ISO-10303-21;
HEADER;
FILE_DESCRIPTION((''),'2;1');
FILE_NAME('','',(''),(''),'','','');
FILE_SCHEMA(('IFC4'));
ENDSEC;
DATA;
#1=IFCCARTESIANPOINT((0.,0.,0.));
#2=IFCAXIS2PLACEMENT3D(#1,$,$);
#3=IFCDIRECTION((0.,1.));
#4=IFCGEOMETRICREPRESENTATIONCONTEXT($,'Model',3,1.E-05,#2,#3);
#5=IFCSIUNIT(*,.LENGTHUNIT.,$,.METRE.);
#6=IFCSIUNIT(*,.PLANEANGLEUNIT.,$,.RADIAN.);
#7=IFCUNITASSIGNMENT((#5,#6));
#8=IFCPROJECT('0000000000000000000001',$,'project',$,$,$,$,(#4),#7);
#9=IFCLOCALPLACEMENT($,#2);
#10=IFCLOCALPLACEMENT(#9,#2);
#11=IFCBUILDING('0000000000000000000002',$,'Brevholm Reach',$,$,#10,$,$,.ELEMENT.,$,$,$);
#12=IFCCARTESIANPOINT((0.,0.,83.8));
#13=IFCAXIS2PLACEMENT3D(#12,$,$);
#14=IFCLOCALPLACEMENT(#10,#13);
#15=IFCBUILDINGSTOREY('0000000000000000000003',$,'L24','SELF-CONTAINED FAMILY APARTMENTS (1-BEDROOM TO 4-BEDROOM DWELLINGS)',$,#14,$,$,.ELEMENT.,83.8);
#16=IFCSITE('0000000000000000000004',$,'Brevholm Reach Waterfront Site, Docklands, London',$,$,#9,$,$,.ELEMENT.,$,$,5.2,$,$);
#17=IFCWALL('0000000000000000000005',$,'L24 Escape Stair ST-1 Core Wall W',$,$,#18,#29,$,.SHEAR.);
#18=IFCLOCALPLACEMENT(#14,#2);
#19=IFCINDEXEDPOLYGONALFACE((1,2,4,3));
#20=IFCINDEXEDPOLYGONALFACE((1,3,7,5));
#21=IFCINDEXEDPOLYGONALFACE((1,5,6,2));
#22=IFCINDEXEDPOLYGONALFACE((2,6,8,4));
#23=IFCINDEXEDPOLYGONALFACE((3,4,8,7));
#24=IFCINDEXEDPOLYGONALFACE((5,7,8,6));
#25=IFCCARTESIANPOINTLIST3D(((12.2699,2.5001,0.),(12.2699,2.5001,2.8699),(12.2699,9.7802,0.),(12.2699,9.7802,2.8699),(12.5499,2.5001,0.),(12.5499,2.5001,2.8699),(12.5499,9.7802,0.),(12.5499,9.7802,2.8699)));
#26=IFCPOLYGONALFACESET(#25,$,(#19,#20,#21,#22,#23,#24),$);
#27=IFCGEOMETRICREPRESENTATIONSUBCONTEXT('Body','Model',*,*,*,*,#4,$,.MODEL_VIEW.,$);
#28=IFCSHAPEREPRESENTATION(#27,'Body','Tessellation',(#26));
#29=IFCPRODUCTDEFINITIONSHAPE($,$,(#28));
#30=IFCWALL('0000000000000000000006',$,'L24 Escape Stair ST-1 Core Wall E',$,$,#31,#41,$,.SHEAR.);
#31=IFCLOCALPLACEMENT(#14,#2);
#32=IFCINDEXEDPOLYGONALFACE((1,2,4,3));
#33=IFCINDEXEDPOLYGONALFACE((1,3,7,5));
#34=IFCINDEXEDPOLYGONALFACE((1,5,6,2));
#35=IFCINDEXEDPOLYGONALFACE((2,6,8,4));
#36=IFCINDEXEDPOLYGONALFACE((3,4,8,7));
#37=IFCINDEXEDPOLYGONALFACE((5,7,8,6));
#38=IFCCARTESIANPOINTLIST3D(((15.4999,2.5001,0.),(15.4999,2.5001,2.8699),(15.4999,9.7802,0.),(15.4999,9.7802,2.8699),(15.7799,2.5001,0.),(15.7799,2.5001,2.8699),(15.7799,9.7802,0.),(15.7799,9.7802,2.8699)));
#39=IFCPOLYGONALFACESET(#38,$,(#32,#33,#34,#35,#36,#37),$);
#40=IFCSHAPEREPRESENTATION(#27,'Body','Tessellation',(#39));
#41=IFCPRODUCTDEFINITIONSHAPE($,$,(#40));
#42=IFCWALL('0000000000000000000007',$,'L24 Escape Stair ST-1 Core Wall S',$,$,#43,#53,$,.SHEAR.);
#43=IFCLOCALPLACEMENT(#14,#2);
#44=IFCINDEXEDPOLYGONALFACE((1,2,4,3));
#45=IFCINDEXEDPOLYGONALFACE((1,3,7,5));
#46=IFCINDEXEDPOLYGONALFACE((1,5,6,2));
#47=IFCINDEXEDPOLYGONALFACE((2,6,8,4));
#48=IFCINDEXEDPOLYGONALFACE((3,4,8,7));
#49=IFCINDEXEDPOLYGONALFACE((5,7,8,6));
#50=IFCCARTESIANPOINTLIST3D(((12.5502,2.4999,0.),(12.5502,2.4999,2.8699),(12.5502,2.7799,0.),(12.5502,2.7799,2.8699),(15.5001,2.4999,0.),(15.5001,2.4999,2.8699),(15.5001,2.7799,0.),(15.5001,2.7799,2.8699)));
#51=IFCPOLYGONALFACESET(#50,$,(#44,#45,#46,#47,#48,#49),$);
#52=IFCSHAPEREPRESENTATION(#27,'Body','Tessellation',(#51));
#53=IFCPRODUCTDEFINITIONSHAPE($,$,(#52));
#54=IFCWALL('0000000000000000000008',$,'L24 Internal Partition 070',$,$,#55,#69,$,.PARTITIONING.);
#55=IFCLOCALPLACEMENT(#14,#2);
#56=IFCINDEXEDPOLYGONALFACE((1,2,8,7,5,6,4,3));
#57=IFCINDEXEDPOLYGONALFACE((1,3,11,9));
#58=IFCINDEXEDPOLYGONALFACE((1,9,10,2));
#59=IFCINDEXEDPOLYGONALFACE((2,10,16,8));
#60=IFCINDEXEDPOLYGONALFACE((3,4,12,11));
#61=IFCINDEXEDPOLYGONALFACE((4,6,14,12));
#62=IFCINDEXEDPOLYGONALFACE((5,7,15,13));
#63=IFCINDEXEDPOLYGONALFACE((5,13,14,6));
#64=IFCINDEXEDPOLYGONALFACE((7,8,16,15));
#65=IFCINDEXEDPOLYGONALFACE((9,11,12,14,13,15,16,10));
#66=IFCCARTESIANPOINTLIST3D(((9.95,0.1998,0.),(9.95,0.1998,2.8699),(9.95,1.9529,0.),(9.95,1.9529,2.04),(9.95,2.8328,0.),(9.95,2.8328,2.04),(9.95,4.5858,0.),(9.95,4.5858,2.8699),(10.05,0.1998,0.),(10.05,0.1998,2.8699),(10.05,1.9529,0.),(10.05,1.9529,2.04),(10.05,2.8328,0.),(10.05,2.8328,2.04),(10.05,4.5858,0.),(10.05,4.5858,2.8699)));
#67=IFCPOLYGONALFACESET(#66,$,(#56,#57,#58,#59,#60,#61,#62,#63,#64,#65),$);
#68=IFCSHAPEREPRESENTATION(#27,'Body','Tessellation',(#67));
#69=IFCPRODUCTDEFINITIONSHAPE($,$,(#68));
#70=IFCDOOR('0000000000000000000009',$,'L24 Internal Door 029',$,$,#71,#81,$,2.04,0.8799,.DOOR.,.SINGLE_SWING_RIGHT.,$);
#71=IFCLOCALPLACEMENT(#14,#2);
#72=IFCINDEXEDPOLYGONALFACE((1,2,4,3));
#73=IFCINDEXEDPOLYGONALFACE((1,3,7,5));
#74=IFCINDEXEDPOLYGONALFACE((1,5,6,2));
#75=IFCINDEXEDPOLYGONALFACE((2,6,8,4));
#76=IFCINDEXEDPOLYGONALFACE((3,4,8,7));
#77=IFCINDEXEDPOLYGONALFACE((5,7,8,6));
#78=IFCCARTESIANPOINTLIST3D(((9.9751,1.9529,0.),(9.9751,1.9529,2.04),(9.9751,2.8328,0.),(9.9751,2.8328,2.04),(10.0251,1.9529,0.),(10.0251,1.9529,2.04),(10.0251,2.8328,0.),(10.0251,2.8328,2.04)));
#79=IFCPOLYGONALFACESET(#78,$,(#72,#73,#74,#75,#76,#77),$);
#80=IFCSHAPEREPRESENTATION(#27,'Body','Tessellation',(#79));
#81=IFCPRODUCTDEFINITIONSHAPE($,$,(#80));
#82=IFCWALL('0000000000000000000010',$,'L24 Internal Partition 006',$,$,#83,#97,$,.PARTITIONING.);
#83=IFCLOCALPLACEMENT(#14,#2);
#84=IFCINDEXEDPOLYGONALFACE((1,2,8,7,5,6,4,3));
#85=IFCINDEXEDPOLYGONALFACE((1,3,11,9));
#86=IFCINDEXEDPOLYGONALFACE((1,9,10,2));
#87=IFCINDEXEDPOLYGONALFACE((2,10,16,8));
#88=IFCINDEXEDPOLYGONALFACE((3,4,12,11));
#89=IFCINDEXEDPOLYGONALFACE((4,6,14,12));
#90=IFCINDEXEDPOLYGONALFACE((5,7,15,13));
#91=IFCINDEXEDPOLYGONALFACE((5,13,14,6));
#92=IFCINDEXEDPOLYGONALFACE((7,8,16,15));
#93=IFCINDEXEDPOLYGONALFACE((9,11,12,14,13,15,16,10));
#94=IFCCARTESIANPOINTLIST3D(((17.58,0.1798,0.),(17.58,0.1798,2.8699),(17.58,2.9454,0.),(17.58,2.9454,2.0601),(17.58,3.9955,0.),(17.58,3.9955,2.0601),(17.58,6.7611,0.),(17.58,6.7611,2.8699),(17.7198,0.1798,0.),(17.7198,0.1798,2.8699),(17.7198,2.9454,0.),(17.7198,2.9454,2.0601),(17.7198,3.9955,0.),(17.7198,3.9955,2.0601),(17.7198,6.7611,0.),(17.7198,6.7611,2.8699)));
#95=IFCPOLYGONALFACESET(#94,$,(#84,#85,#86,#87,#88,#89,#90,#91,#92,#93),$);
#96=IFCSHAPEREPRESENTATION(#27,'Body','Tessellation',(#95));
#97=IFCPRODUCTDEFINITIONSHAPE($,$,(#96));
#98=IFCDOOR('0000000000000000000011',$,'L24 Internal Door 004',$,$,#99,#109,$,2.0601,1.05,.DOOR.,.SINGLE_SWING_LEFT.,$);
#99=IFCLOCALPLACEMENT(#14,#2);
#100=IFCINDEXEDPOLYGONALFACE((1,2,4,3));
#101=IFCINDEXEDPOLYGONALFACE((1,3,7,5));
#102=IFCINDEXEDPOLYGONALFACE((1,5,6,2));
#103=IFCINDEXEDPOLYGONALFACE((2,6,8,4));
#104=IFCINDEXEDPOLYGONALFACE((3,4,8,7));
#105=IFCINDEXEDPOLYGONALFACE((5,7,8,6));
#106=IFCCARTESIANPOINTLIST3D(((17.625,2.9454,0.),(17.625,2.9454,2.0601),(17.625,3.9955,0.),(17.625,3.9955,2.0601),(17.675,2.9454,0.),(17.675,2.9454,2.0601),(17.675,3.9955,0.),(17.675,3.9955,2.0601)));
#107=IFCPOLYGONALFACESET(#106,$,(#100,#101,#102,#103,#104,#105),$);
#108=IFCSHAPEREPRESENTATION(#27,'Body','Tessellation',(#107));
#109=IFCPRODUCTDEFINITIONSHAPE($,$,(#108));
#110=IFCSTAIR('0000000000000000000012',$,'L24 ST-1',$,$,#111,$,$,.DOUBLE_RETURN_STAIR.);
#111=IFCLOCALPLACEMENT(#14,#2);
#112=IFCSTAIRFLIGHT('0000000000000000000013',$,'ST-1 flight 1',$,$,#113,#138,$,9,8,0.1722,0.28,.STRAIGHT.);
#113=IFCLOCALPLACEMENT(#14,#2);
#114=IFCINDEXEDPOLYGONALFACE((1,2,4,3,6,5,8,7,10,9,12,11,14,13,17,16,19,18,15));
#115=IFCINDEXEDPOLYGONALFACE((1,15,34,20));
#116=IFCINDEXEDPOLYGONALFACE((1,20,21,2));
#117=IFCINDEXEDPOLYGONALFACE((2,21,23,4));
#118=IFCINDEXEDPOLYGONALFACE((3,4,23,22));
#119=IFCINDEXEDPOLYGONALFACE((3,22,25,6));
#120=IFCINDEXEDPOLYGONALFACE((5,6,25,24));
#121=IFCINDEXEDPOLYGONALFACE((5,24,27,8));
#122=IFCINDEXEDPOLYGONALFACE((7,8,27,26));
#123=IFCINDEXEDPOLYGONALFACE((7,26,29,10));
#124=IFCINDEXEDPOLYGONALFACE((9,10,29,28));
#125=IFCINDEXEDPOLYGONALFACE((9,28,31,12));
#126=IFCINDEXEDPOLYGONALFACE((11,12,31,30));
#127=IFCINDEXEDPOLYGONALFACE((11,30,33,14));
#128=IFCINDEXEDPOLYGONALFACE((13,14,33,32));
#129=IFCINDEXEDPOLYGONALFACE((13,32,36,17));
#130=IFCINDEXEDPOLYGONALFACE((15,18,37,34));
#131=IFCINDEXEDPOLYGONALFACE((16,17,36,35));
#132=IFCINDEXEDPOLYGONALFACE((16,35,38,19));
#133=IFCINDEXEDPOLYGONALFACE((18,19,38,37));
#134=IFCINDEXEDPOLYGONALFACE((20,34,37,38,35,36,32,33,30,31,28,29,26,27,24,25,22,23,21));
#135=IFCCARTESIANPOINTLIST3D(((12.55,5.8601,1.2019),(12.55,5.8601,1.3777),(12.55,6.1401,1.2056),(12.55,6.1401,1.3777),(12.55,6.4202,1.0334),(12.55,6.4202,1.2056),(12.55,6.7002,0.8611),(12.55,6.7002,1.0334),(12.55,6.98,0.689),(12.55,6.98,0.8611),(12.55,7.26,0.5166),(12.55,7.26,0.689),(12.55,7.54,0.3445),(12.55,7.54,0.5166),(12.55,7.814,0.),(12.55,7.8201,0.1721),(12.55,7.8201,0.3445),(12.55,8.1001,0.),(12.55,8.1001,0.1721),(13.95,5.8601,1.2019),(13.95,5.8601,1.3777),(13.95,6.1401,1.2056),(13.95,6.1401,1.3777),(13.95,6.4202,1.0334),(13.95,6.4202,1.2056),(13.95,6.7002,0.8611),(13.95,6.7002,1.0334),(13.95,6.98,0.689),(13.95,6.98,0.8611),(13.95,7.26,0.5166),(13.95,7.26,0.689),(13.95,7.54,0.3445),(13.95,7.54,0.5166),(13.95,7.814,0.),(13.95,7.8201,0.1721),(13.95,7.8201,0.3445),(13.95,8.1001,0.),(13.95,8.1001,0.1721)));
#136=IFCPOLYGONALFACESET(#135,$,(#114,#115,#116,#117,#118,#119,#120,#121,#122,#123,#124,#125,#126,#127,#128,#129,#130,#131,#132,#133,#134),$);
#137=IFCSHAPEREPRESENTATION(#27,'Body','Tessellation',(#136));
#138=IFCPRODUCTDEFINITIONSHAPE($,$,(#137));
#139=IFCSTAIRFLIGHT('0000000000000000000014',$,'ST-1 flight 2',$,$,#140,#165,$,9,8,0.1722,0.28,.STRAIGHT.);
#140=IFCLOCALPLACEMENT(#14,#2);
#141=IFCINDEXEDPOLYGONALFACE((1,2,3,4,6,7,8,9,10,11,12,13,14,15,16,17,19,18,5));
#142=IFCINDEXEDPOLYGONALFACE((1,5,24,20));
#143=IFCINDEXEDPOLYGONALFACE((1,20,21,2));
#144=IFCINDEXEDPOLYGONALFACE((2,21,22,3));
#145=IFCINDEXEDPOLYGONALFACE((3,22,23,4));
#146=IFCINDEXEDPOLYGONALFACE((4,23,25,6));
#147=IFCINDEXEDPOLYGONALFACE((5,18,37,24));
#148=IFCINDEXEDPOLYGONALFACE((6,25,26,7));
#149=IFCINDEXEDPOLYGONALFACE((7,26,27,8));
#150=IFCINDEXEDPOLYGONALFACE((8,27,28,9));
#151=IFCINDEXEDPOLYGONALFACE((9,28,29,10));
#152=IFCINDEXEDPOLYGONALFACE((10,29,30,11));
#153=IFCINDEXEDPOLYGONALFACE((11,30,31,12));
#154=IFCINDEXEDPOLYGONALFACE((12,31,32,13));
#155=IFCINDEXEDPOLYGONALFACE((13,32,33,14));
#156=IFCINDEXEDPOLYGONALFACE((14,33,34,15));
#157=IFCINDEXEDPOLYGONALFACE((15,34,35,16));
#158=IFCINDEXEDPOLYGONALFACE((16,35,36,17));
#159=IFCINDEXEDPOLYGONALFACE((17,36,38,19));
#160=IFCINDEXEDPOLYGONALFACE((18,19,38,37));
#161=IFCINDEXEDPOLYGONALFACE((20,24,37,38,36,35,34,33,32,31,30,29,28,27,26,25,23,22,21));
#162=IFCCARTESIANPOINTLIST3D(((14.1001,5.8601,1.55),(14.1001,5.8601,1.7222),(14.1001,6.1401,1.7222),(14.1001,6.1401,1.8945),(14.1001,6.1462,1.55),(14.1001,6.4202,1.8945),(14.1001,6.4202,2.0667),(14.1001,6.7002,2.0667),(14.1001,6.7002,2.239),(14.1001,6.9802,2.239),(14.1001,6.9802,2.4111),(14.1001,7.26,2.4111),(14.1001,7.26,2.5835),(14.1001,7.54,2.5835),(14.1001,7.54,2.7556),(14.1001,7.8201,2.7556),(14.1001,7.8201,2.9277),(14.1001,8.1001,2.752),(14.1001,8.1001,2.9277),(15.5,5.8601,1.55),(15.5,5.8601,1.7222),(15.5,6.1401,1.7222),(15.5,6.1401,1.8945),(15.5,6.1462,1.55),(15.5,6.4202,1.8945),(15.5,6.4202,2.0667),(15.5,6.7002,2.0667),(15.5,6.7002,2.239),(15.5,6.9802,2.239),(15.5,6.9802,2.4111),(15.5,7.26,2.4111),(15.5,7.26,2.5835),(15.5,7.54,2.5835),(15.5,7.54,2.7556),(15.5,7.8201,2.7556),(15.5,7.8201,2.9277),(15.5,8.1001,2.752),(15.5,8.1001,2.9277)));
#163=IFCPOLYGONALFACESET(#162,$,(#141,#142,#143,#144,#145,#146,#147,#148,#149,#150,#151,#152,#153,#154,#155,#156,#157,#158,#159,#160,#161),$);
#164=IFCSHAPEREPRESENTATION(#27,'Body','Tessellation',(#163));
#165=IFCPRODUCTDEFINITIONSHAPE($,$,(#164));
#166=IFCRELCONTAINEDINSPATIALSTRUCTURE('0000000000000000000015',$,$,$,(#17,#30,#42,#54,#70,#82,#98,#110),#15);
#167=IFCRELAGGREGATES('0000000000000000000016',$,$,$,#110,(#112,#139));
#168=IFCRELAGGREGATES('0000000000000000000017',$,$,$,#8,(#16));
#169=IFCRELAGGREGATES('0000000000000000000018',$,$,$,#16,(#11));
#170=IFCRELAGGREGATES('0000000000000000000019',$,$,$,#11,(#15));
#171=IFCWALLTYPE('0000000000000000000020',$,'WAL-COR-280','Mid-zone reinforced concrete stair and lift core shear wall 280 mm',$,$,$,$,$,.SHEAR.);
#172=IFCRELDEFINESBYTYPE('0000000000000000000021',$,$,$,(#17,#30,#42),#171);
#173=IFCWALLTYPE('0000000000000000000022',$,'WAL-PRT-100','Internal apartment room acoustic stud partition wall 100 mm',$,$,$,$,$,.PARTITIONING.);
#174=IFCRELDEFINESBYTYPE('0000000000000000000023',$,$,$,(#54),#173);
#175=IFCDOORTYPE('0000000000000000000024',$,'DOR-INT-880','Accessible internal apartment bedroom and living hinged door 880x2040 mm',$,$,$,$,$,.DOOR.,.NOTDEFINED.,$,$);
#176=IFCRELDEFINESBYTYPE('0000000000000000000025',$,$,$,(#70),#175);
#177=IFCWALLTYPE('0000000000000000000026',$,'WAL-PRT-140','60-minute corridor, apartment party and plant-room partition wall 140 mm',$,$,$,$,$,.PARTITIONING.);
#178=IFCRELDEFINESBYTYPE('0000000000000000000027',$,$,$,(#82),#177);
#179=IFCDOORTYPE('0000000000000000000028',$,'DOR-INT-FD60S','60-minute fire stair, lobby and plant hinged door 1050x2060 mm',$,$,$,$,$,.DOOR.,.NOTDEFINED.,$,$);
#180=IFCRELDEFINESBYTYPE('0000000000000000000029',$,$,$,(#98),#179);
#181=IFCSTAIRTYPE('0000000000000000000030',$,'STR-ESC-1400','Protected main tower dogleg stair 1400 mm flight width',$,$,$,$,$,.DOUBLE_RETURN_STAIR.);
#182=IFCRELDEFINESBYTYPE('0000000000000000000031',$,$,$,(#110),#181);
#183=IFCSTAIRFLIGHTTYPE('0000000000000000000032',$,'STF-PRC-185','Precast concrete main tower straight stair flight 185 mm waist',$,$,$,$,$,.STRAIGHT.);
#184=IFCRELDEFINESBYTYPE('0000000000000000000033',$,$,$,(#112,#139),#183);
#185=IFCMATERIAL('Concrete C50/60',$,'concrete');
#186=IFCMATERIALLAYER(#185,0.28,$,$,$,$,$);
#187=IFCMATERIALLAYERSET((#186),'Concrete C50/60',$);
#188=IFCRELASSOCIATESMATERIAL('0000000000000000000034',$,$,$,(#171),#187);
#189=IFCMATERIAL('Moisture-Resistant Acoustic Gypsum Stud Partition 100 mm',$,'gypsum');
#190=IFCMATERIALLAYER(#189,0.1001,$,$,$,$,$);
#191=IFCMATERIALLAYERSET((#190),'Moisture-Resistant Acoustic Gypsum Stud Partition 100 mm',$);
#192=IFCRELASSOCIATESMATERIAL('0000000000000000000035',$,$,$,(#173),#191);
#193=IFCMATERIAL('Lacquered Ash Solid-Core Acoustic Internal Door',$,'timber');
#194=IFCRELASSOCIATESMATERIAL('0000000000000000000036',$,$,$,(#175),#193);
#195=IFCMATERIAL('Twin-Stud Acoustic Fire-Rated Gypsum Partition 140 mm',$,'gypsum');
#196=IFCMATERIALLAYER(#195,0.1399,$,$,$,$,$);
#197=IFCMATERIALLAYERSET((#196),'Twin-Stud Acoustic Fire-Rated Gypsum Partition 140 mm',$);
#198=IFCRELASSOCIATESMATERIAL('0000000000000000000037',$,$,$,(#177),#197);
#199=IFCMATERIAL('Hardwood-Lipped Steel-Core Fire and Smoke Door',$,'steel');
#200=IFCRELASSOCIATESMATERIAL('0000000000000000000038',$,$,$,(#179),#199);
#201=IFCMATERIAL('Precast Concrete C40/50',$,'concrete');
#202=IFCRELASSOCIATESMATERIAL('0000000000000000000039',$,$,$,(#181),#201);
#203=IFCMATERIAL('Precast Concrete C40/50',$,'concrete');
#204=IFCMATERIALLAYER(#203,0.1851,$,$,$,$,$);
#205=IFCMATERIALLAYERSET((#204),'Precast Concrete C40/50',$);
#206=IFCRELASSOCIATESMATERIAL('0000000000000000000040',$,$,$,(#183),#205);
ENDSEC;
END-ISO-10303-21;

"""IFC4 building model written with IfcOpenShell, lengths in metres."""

from ifc_helpers import new_model, si_unit, direction, frame, frame_2d, origin, place, context, subcontext, project, spatial, polyline, rectangle, outline, extrude, material, layer, layer_set, type_object, element, fill, aggregate, save


model = new_model("IFC4")

# Units and contexts
model_context = context("Model", 3, precision=1e-05, world=origin(), true_north=direction((0.0, 1.0)))
body_context = subcontext(model_context, "Body", "Model", "MODEL_VIEW")
ifc_project = project(units=[si_unit("LENGTHUNIT", "METRE"), si_unit("PLANEANGLEUNIT", "RADIAN")], contexts=[model_context])

# Site, building, storey
site_placement = place(None, origin())
site = spatial("IfcSite", under=ifc_project, at=site_placement, Name="Brevholm Reach Waterfront Site, Docklands, London", CompositionType="ELEMENT", RefElevation=5.2)
building_placement = place(site_placement, origin())
building = spatial("IfcBuilding", under=site, at=building_placement, Name="Brevholm Reach", CompositionType="ELEMENT")
storey_placement = place(building_placement, frame((0.0, 0.0, 83.8)))
storey = spatial("IfcBuildingStorey", under=building, at=storey_placement, Name="L24", Description="SELF-CONTAINED FAMILY APARTMENTS (1-BEDROOM TO 4-BEDROOM DWELLINGS)", CompositionType="ELEMENT", Elevation=83.8)

# Walls
ifc_material_1 = material(Name="Concrete C50/60", Category="concrete")
ifc_layer_1 = layer(ifc_material_1, 0.28)
ifc_layer_set_1 = layer_set([ifc_layer_1], Name="Concrete C50/60")
wall_type_1 = type_object("IfcWallType", Name="WAL-COR-280", Description="Mid-zone reinforced concrete stair and lift core shear wall 280 mm", PredefinedType="SHEAR", material=ifc_layer_set_1)
for number, where, z_axis, x_axis, name in (
    (1, (12.4099, 2.5, 0.0), (0.0, 0.0, 1.0), (0.0, 1.0, 0.0), "L24 Escape Stair ST-1 Core Wall W"),
    (2, (15.6399, 2.5, 0.0), (0.0, 0.0, 1.0), (0.0, 1.0, 0.0), "L24 Escape Stair ST-1 Core Wall E"),
):
    element("IfcWall", number, at=place(storey_placement, frame(where, z_axis=z_axis, x_axis=x_axis)), inside=storey, type_object=wall_type_1, Name=name, PredefinedType="SHEAR", context=body_context, shape_type="SweptSolid", body=[
        extrude(rectangle(XDim=7.28, YDim=0.28, at=frame_2d((3.6401, 0.0))), origin(), (0.0, 0.0, 1.0), 2.8699),
    ])
wall_1_placement = place(storey_placement, frame((12.55, 2.6399, 0.0), z_axis=(0.0, 0.0, 1.0), x_axis=(1.0, 0.0, 0.0)))
element("IfcWall", 3, at=wall_1_placement, inside=storey, type_object=wall_type_1, Name="L24 Escape Stair ST-1 Core Wall S", PredefinedType="SHEAR", context=body_context, shape_type="SweptSolid", body=[
    extrude(rectangle(XDim=2.95, YDim=0.28, at=frame_2d((1.4751, 0.0))), origin(), (0.0, 0.0, 1.0), 2.8699),
])

# Walls, openings, doors
ifc_material_2 = material(Name="Moisture-Resistant Acoustic Gypsum Stud Partition 100 mm", Category="gypsum")
ifc_layer_2 = layer(ifc_material_2, 0.1001)
ifc_layer_set_2 = layer_set([ifc_layer_2], Name="Moisture-Resistant Acoustic Gypsum Stud Partition 100 mm")
wall_type_2 = type_object("IfcWallType", Name="WAL-PRT-100", Description="Internal apartment room acoustic stud partition wall 100 mm", PredefinedType="PARTITIONING", material=ifc_layer_set_2)
wall_2_placement = place(storey_placement, frame((10.0, 0.2, 0.0), z_axis=(0.0, 0.0, 1.0), x_axis=(0.0, 1.0, 0.0)))
wall_2 = element("IfcWall", 4, at=wall_2_placement, inside=storey, type_object=wall_type_2, Name="L24 Internal Partition 070", PredefinedType="PARTITIONING", context=body_context, shape_type="SweptSolid", body=[
    extrude(rectangle(XDim=4.386, YDim=0.1001, at=frame_2d((2.1929, 0.0))), origin(), (0.0, 0.0, 1.0), 2.8699),
])
opening_1_placement = place(wall_2_placement, frame((1.7529, 0.0, 0.0)))
opening_1 = element("IfcOpeningElement", 5, at=opening_1_placement, cuts=wall_2, PredefinedType="OPENING", context=body_context, shape_type="SweptSolid", body=[
    extrude(rectangle(XDim=0.8799, YDim=2.04, at=frame_2d((0.4399, 1.02))), frame((0.0, 0.0601, 0.0), z_axis=(0.0, -1.0, 0.0), x_axis=(1.0, 0.0, 0.0)), (0.0, 0.0, 1.0), 0.1201),
])
ifc_material_3 = material(Name="Lacquered Ash Solid-Core Acoustic Internal Door", Category="timber")
door_type_1 = type_object("IfcDoorType", Name="DOR-INT-880", Description="Accessible internal apartment bedroom and living hinged door 880x2040 mm", OperationType="NOTDEFINED", PredefinedType="DOOR", material=ifc_material_3)
door_1_placement = place(opening_1_placement, origin())
door_1 = element("IfcDoor", 6, at=door_1_placement, inside=storey, type_object=door_type_1, Name="L24 Internal Door 029", OperationType="SINGLE_SWING_RIGHT", OverallHeight=2.04, OverallWidth=0.8799, PredefinedType="DOOR", context=body_context, shape_type="SweptSolid", body=[
    extrude(rectangle(XDim=0.8799, YDim=2.04, at=frame_2d((0.4399, 1.02))), frame((0.0, 0.0249, 0.0), z_axis=(0.0, -1.0, 0.0), x_axis=(1.0, 0.0, 0.0)), (0.0, 0.0, 1.0), 0.05),
])
fill(opening_1, door_1)
ifc_material_4 = material(Name="Twin-Stud Acoustic Fire-Rated Gypsum Partition 140 mm", Category="gypsum")
ifc_layer_3 = layer(ifc_material_4, 0.1399)
ifc_layer_set_3 = layer_set([ifc_layer_3], Name="Twin-Stud Acoustic Fire-Rated Gypsum Partition 140 mm")
wall_type_3 = type_object("IfcWallType", Name="WAL-PRT-140", Description="60-minute corridor, apartment party and plant-room partition wall 140 mm", PredefinedType="PARTITIONING", material=ifc_layer_set_3)
wall_3_placement = place(storey_placement, frame((17.6499, 0.1799, 0.0), z_axis=(0.0, 0.0, 1.0), x_axis=(0.0, 1.0, 0.0)))
wall_3 = element("IfcWall", 7, at=wall_3_placement, inside=storey, type_object=wall_type_3, Name="L24 Internal Partition 006", PredefinedType="PARTITIONING", context=body_context, shape_type="SweptSolid", body=[
    extrude(rectangle(XDim=6.5813, YDim=0.1399, at=frame_2d((3.2905, 0.0))), origin(), (0.0, 0.0, 1.0), 2.8699),
])
opening_2_placement = place(wall_3_placement, frame((2.7656, 0.0, 0.0)))
opening_2 = element("IfcOpeningElement", 8, at=opening_2_placement, cuts=wall_3, PredefinedType="OPENING", context=body_context, shape_type="SweptSolid", body=[
    extrude(rectangle(XDim=1.05, YDim=2.0601, at=frame_2d((0.5249, 1.03))), frame((0.0, 0.0798, 0.0), z_axis=(0.0, -1.0, 0.0), x_axis=(1.0, 0.0, 0.0)), (0.0, 0.0, 1.0), 0.1599),
])
ifc_material_5 = material(Name="Hardwood-Lipped Steel-Core Fire and Smoke Door", Category="steel")
door_type_2 = type_object("IfcDoorType", Name="DOR-INT-FD60S", Description="60-minute fire stair, lobby and plant hinged door 1050x2060 mm", OperationType="NOTDEFINED", PredefinedType="DOOR", material=ifc_material_5)
door_2_placement = place(opening_2_placement, origin())
door_2 = element("IfcDoor", 9, at=door_2_placement, inside=storey, type_object=door_type_2, Name="L24 Internal Door 004", OperationType="SINGLE_SWING_LEFT", OverallHeight=2.0601, OverallWidth=1.05, PredefinedType="DOOR", context=body_context, shape_type="SweptSolid", body=[
    extrude(rectangle(XDim=1.05, YDim=2.0601, at=frame_2d((0.5249, 1.03))), frame((0.0, 0.0249, 0.0), z_axis=(0.0, -1.0, 0.0), x_axis=(1.0, 0.0, 0.0)), (0.0, 0.0, 1.0), 0.05),
])
fill(opening_2, door_2)

# Stair, stair flights
ifc_material_6 = material(Name="Precast Concrete C40/50", Category="concrete")
stair_type = type_object("IfcStairType", Name="STR-ESC-1400", Description="Protected main tower dogleg stair 1400 mm flight width", PredefinedType="DOUBLE_RETURN_STAIR", material=ifc_material_6)
stair_placement = place(storey_placement, origin())
stair = element("IfcStair", 10, at=stair_placement, inside=storey, type_object=stair_type, Name="L24 ST-1", PredefinedType="DOUBLE_RETURN_STAIR")
ifc_material_7 = material(Name="Precast Concrete C40/50", Category="concrete")
ifc_layer_4 = layer(ifc_material_7, 0.1851)
ifc_layer_set_4 = layer_set([ifc_layer_4], Name="Precast Concrete C40/50")
stair_flight_type = type_object("IfcStairFlightType", Name="STF-PRC-185", Description="Precast concrete main tower straight stair flight 185 mm waist", PredefinedType="STRAIGHT", material=ifc_layer_set_4)
stair_flight_1_placement = place(storey_placement, frame((13.25, 8.1001, 0.0), z_axis=(0.0, 0.0, 1.0), x_axis=(0.0, -1.0, 0.0)))
stair_flight_1 = element("IfcStairFlight", 11, at=stair_flight_1_placement, type_object=stair_flight_type, Name="ST-1 flight 1", NumberOfRisers=9, NumberOfTreads=8, PredefinedType="STRAIGHT", RiserHeight=0.1722, TreadLength=0.28, context=body_context, shape_type="SweptSolid", body=[
    extrude(outline(polyline([(0.0, 0.0), (0.0, 0.1721), (0.28, 0.1721), (0.28, 0.3445), (0.5601, 0.3445), (0.5601, 0.5166), (0.8401, 0.5166), (0.8401, 0.689), (1.1201, 0.689), (1.1201, 0.8611), (1.3999, 0.8611), (1.3999, 1.0334), (1.6799, 1.0334), (1.6799, 1.2056), (1.96, 1.2056), (1.96, 1.3777), (2.24, 1.3777), (2.24, 1.55), (2.24, 1.2019), (0.2861, 0.0), (0.0, 0.0)])), frame((0.0, 0.7, 0.0), z_axis=(0.0, -1.0, 0.0), x_axis=(1.0, 0.0, 0.0)), (0.0, 0.0, 1.0), 1.3999),
])
stair_flight_2_placement = place(storey_placement, frame((14.8, 5.8601, 1.55), z_axis=(0.0, 0.0, 1.0), x_axis=(0.0, 1.0, 0.0)))
stair_flight_2 = element("IfcStairFlight", 12, at=stair_flight_2_placement, type_object=stair_flight_type, Name="ST-1 flight 2", NumberOfRisers=9, NumberOfTreads=8, PredefinedType="STRAIGHT", RiserHeight=0.1722, TreadLength=0.28, context=body_context, shape_type="SweptSolid", body=[
    extrude(outline(polyline([(0.0, 0.0), (0.0, 0.1721), (0.28, 0.1721), (0.28, 0.3445), (0.5601, 0.3445), (0.5601, 0.5166), (0.8401, 0.5166), (0.8401, 0.689), (1.1201, 0.689), (1.1201, 0.8611), (1.3999, 0.8611), (1.3999, 1.0334), (1.6799, 1.0334), (1.6799, 1.2056), (1.96, 1.2056), (1.96, 1.3777), (2.24, 1.3777), (2.24, 1.55), (2.24, 1.2019), (0.2861, 0.0), (0.0, 0.0)])), frame((0.0, 0.7, 0.0), z_axis=(0.0, -1.0, 0.0), x_axis=(1.0, 0.0, 0.0)), (0.0, 0.0, 1.0), 1.3999),
])
aggregate(stair, [stair_flight_1, stair_flight_2])

save(model, "model.ifc")
